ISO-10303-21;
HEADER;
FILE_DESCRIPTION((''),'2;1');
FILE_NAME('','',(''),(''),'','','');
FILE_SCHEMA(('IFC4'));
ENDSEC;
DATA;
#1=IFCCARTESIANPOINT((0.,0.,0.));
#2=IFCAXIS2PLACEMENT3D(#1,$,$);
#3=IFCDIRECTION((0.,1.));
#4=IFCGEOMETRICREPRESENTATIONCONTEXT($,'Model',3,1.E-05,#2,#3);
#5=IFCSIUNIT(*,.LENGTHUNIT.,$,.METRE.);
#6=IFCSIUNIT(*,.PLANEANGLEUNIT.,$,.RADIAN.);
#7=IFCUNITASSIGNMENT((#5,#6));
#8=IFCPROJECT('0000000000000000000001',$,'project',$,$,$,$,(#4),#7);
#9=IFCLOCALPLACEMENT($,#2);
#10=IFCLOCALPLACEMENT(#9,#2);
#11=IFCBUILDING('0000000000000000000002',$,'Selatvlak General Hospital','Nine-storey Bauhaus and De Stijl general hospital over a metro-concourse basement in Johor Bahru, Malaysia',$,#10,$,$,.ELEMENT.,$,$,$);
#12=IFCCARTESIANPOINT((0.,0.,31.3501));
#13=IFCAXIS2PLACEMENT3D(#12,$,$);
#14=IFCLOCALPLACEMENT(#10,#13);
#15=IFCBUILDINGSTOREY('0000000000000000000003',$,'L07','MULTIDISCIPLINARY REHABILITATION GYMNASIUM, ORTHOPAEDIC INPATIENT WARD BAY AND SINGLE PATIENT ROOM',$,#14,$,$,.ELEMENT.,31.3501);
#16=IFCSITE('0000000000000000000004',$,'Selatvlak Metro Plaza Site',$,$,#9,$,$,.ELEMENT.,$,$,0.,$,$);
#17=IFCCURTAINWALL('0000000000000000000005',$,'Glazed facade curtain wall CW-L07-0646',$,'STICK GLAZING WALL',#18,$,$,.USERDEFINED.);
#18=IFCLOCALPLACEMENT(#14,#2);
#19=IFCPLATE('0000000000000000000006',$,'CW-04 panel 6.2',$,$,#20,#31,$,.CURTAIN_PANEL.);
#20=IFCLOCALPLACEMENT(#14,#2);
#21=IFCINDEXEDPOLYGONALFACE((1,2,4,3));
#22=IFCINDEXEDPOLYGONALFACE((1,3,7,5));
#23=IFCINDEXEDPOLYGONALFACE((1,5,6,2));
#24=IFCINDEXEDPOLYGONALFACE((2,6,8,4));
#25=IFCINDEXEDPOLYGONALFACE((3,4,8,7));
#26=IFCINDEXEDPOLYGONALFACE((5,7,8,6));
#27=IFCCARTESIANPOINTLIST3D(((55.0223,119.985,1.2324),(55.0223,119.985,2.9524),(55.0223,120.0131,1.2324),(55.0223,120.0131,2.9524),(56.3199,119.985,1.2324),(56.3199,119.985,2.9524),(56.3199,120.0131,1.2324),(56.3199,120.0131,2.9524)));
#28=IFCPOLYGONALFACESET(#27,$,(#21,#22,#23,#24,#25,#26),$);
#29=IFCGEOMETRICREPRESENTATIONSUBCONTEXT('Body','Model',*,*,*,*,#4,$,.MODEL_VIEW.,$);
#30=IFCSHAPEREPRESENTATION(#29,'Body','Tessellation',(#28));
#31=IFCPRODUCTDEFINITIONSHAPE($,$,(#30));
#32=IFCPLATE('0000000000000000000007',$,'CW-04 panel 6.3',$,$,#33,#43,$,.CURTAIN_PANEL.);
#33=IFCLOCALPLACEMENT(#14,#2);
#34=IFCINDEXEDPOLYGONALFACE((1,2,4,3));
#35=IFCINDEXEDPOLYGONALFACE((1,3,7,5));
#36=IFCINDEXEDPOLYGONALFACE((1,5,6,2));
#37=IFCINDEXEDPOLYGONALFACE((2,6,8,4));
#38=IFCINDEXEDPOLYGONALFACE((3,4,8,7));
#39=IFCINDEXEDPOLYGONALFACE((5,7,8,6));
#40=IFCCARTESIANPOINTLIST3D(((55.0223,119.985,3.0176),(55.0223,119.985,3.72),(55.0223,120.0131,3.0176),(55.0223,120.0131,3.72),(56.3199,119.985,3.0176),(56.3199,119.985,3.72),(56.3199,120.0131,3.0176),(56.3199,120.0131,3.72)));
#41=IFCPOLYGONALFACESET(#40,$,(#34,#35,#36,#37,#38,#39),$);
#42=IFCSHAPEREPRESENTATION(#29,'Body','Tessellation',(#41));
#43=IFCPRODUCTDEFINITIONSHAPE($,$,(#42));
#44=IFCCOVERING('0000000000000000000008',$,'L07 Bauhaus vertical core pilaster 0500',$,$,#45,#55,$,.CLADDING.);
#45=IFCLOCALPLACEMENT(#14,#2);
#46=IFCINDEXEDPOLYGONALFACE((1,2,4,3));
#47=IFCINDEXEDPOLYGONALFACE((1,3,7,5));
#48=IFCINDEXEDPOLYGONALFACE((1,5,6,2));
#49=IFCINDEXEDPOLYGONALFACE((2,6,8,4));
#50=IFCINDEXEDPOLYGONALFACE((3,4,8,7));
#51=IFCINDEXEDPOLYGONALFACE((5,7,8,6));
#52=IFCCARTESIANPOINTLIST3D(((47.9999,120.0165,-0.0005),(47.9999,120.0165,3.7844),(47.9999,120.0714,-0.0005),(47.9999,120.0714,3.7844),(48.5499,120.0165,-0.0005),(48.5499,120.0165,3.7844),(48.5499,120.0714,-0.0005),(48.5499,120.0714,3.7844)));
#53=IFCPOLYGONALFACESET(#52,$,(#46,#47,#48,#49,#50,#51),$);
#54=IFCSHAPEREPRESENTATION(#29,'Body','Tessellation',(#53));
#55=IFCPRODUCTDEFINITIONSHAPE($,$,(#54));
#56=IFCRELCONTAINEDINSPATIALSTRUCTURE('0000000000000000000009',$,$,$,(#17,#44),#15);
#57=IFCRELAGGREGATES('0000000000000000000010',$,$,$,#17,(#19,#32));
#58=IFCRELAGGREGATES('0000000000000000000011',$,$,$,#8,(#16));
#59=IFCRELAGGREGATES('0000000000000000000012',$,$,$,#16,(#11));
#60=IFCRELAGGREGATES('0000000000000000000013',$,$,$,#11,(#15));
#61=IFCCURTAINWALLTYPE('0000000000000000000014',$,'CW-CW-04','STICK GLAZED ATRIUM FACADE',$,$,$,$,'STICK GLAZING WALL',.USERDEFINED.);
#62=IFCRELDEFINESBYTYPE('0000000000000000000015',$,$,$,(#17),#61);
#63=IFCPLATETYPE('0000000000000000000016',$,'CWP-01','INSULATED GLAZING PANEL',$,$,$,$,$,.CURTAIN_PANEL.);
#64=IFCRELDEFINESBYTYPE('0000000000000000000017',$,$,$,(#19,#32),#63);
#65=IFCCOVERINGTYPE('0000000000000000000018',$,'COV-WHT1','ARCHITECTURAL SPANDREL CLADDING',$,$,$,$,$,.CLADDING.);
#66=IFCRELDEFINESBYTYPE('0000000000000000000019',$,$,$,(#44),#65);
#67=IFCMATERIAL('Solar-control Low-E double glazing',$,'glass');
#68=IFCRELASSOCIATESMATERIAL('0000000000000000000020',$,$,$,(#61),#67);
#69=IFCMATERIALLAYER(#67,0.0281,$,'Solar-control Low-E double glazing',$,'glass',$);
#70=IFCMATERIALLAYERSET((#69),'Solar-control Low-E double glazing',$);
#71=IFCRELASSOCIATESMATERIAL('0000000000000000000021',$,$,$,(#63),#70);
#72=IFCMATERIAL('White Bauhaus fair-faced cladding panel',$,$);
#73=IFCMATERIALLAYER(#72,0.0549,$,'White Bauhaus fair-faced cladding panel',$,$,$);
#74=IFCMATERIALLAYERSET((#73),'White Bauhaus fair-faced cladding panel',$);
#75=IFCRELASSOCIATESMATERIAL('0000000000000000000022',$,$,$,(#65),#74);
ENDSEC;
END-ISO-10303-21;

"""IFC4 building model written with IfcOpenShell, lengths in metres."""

from ifc_helpers import new_model, si_unit, direction, frame, origin, origin_2d, place, context, subcontext, project, spatial, rectangle, extrude, material, layer, layer_set, type_object, element, aggregate, save


model = new_model("IFC4")

# Units and contexts
model_context = context("Model", 3, precision=1e-05, world=origin(), true_north=direction((0.0, 1.0)))
body_context = subcontext(model_context, "Body", "Model", "MODEL_VIEW")
ifc_project = project(units=[si_unit("LENGTHUNIT", "METRE"), si_unit("PLANEANGLEUNIT", "RADIAN")], contexts=[model_context])

# Site, building, storey
site_placement = place(None, origin())
site = spatial("IfcSite", under=ifc_project, at=site_placement, Name="Selatvlak Metro Plaza Site", CompositionType="ELEMENT", RefElevation=0.0)
building_placement = place(site_placement, origin())
building = spatial("IfcBuilding", under=site, at=building_placement, Name="Selatvlak General Hospital", Description="Nine-storey Bauhaus and De Stijl general hospital over a metro-concourse basement in Johor Bahru, Malaysia", CompositionType="ELEMENT")
storey_placement = place(building_placement, frame((0.0, 0.0, 31.3501)))
storey = spatial("IfcBuildingStorey", under=building, at=storey_placement, Name="L07", Description="MULTIDISCIPLINARY REHABILITATION GYMNASIUM, ORTHOPAEDIC INPATIENT WARD BAY AND SINGLE PATIENT ROOM", CompositionType="ELEMENT", Elevation=31.3501)

# Curtain wall, plates
ifc_material_1 = material(Name="Solar-control Low-E double glazing", Category="glass")
curtain_wall_type = type_object("IfcCurtainWallType", Name="CW-CW-04", Description="STICK GLAZED ATRIUM FACADE", ElementType="STICK GLAZING WALL", PredefinedType="USERDEFINED", material=ifc_material_1)
curtain_wall_placement = place(storey_placement, origin())
curtain_wall = element("IfcCurtainWall", 1, at=curtain_wall_placement, inside=storey, type_object=curtain_wall_type, Name="Glazed facade curtain wall CW-L07-0646", ObjectType="STICK GLAZING WALL", PredefinedType="USERDEFINED")
ifc_layer_1 = layer(ifc_material_1, 0.0281, Name="Solar-control Low-E double glazing", Category="glass")
ifc_layer_set_1 = layer_set([ifc_layer_1], Name="Solar-control Low-E double glazing")
plate_type = type_object("IfcPlateType", Name="CWP-01", Description="INSULATED GLAZING PANEL", PredefinedType="CURTAIN_PANEL", material=ifc_layer_set_1)
plate_1_placement = place(storey_placement, frame((55.6711, 119.999, 1.2324), z_axis=(0.0, 0.0, 1.0), x_axis=(1.0, 0.0, 0.0)))
plate_1 = element("IfcPlate", 2, at=plate_1_placement, type_object=plate_type, Name="CW-04 panel 6.2", PredefinedType="CURTAIN_PANEL", context=body_context, shape_type="SweptSolid", body=[
    extrude(rectangle(XDim=1.2976, YDim=0.0281, at=origin_2d()), origin(), (0.0, 0.0, 1.0), 1.72),
])
plate_2_placement = place(storey_placement, frame((55.6711, 119.999, 3.0176), z_axis=(0.0, 0.0, 1.0), x_axis=(1.0, 0.0, 0.0)))
plate_2 = element("IfcPlate", 3, at=plate_2_placement, type_object=plate_type, Name="CW-04 panel 6.3", PredefinedType="CURTAIN_PANEL", context=body_context, shape_type="SweptSolid", body=[
    extrude(rectangle(XDim=1.2976, YDim=0.0281, at=origin_2d()), origin(), (0.0, 0.0, 1.0), 0.7024),
])
aggregate(curtain_wall, [plate_1, plate_2])

# Covering
ifc_material_2 = material(Name="White Bauhaus fair-faced cladding panel")
ifc_layer_2 = layer(ifc_material_2, 0.0549, Name="White Bauhaus fair-faced cladding panel")
ifc_layer_set_2 = layer_set([ifc_layer_2], Name="White Bauhaus fair-faced cladding panel")
covering_type = type_object("IfcCoveringType", Name="COV-WHT1", Description="ARCHITECTURAL SPANDREL CLADDING", PredefinedType="CLADDING", material=ifc_layer_set_2)
covering_placement = place(storey_placement, frame((48.2749, 120.0439, -0.0005), z_axis=(0.0, 0.0, 1.0), x_axis=(1.0, 0.0, 0.0)))
element("IfcCovering", 4, at=covering_placement, inside=storey, type_object=covering_type, Name="L07 Bauhaus vertical core pilaster 0500", PredefinedType="CLADDING", context=body_context, shape_type="SweptSolid", body=[
    extrude(rectangle(XDim=0.55, YDim=0.0549, at=origin_2d()), origin(), (0.0, 0.0, 1.0), 3.7849),
])

save(model, "model.ifc")
